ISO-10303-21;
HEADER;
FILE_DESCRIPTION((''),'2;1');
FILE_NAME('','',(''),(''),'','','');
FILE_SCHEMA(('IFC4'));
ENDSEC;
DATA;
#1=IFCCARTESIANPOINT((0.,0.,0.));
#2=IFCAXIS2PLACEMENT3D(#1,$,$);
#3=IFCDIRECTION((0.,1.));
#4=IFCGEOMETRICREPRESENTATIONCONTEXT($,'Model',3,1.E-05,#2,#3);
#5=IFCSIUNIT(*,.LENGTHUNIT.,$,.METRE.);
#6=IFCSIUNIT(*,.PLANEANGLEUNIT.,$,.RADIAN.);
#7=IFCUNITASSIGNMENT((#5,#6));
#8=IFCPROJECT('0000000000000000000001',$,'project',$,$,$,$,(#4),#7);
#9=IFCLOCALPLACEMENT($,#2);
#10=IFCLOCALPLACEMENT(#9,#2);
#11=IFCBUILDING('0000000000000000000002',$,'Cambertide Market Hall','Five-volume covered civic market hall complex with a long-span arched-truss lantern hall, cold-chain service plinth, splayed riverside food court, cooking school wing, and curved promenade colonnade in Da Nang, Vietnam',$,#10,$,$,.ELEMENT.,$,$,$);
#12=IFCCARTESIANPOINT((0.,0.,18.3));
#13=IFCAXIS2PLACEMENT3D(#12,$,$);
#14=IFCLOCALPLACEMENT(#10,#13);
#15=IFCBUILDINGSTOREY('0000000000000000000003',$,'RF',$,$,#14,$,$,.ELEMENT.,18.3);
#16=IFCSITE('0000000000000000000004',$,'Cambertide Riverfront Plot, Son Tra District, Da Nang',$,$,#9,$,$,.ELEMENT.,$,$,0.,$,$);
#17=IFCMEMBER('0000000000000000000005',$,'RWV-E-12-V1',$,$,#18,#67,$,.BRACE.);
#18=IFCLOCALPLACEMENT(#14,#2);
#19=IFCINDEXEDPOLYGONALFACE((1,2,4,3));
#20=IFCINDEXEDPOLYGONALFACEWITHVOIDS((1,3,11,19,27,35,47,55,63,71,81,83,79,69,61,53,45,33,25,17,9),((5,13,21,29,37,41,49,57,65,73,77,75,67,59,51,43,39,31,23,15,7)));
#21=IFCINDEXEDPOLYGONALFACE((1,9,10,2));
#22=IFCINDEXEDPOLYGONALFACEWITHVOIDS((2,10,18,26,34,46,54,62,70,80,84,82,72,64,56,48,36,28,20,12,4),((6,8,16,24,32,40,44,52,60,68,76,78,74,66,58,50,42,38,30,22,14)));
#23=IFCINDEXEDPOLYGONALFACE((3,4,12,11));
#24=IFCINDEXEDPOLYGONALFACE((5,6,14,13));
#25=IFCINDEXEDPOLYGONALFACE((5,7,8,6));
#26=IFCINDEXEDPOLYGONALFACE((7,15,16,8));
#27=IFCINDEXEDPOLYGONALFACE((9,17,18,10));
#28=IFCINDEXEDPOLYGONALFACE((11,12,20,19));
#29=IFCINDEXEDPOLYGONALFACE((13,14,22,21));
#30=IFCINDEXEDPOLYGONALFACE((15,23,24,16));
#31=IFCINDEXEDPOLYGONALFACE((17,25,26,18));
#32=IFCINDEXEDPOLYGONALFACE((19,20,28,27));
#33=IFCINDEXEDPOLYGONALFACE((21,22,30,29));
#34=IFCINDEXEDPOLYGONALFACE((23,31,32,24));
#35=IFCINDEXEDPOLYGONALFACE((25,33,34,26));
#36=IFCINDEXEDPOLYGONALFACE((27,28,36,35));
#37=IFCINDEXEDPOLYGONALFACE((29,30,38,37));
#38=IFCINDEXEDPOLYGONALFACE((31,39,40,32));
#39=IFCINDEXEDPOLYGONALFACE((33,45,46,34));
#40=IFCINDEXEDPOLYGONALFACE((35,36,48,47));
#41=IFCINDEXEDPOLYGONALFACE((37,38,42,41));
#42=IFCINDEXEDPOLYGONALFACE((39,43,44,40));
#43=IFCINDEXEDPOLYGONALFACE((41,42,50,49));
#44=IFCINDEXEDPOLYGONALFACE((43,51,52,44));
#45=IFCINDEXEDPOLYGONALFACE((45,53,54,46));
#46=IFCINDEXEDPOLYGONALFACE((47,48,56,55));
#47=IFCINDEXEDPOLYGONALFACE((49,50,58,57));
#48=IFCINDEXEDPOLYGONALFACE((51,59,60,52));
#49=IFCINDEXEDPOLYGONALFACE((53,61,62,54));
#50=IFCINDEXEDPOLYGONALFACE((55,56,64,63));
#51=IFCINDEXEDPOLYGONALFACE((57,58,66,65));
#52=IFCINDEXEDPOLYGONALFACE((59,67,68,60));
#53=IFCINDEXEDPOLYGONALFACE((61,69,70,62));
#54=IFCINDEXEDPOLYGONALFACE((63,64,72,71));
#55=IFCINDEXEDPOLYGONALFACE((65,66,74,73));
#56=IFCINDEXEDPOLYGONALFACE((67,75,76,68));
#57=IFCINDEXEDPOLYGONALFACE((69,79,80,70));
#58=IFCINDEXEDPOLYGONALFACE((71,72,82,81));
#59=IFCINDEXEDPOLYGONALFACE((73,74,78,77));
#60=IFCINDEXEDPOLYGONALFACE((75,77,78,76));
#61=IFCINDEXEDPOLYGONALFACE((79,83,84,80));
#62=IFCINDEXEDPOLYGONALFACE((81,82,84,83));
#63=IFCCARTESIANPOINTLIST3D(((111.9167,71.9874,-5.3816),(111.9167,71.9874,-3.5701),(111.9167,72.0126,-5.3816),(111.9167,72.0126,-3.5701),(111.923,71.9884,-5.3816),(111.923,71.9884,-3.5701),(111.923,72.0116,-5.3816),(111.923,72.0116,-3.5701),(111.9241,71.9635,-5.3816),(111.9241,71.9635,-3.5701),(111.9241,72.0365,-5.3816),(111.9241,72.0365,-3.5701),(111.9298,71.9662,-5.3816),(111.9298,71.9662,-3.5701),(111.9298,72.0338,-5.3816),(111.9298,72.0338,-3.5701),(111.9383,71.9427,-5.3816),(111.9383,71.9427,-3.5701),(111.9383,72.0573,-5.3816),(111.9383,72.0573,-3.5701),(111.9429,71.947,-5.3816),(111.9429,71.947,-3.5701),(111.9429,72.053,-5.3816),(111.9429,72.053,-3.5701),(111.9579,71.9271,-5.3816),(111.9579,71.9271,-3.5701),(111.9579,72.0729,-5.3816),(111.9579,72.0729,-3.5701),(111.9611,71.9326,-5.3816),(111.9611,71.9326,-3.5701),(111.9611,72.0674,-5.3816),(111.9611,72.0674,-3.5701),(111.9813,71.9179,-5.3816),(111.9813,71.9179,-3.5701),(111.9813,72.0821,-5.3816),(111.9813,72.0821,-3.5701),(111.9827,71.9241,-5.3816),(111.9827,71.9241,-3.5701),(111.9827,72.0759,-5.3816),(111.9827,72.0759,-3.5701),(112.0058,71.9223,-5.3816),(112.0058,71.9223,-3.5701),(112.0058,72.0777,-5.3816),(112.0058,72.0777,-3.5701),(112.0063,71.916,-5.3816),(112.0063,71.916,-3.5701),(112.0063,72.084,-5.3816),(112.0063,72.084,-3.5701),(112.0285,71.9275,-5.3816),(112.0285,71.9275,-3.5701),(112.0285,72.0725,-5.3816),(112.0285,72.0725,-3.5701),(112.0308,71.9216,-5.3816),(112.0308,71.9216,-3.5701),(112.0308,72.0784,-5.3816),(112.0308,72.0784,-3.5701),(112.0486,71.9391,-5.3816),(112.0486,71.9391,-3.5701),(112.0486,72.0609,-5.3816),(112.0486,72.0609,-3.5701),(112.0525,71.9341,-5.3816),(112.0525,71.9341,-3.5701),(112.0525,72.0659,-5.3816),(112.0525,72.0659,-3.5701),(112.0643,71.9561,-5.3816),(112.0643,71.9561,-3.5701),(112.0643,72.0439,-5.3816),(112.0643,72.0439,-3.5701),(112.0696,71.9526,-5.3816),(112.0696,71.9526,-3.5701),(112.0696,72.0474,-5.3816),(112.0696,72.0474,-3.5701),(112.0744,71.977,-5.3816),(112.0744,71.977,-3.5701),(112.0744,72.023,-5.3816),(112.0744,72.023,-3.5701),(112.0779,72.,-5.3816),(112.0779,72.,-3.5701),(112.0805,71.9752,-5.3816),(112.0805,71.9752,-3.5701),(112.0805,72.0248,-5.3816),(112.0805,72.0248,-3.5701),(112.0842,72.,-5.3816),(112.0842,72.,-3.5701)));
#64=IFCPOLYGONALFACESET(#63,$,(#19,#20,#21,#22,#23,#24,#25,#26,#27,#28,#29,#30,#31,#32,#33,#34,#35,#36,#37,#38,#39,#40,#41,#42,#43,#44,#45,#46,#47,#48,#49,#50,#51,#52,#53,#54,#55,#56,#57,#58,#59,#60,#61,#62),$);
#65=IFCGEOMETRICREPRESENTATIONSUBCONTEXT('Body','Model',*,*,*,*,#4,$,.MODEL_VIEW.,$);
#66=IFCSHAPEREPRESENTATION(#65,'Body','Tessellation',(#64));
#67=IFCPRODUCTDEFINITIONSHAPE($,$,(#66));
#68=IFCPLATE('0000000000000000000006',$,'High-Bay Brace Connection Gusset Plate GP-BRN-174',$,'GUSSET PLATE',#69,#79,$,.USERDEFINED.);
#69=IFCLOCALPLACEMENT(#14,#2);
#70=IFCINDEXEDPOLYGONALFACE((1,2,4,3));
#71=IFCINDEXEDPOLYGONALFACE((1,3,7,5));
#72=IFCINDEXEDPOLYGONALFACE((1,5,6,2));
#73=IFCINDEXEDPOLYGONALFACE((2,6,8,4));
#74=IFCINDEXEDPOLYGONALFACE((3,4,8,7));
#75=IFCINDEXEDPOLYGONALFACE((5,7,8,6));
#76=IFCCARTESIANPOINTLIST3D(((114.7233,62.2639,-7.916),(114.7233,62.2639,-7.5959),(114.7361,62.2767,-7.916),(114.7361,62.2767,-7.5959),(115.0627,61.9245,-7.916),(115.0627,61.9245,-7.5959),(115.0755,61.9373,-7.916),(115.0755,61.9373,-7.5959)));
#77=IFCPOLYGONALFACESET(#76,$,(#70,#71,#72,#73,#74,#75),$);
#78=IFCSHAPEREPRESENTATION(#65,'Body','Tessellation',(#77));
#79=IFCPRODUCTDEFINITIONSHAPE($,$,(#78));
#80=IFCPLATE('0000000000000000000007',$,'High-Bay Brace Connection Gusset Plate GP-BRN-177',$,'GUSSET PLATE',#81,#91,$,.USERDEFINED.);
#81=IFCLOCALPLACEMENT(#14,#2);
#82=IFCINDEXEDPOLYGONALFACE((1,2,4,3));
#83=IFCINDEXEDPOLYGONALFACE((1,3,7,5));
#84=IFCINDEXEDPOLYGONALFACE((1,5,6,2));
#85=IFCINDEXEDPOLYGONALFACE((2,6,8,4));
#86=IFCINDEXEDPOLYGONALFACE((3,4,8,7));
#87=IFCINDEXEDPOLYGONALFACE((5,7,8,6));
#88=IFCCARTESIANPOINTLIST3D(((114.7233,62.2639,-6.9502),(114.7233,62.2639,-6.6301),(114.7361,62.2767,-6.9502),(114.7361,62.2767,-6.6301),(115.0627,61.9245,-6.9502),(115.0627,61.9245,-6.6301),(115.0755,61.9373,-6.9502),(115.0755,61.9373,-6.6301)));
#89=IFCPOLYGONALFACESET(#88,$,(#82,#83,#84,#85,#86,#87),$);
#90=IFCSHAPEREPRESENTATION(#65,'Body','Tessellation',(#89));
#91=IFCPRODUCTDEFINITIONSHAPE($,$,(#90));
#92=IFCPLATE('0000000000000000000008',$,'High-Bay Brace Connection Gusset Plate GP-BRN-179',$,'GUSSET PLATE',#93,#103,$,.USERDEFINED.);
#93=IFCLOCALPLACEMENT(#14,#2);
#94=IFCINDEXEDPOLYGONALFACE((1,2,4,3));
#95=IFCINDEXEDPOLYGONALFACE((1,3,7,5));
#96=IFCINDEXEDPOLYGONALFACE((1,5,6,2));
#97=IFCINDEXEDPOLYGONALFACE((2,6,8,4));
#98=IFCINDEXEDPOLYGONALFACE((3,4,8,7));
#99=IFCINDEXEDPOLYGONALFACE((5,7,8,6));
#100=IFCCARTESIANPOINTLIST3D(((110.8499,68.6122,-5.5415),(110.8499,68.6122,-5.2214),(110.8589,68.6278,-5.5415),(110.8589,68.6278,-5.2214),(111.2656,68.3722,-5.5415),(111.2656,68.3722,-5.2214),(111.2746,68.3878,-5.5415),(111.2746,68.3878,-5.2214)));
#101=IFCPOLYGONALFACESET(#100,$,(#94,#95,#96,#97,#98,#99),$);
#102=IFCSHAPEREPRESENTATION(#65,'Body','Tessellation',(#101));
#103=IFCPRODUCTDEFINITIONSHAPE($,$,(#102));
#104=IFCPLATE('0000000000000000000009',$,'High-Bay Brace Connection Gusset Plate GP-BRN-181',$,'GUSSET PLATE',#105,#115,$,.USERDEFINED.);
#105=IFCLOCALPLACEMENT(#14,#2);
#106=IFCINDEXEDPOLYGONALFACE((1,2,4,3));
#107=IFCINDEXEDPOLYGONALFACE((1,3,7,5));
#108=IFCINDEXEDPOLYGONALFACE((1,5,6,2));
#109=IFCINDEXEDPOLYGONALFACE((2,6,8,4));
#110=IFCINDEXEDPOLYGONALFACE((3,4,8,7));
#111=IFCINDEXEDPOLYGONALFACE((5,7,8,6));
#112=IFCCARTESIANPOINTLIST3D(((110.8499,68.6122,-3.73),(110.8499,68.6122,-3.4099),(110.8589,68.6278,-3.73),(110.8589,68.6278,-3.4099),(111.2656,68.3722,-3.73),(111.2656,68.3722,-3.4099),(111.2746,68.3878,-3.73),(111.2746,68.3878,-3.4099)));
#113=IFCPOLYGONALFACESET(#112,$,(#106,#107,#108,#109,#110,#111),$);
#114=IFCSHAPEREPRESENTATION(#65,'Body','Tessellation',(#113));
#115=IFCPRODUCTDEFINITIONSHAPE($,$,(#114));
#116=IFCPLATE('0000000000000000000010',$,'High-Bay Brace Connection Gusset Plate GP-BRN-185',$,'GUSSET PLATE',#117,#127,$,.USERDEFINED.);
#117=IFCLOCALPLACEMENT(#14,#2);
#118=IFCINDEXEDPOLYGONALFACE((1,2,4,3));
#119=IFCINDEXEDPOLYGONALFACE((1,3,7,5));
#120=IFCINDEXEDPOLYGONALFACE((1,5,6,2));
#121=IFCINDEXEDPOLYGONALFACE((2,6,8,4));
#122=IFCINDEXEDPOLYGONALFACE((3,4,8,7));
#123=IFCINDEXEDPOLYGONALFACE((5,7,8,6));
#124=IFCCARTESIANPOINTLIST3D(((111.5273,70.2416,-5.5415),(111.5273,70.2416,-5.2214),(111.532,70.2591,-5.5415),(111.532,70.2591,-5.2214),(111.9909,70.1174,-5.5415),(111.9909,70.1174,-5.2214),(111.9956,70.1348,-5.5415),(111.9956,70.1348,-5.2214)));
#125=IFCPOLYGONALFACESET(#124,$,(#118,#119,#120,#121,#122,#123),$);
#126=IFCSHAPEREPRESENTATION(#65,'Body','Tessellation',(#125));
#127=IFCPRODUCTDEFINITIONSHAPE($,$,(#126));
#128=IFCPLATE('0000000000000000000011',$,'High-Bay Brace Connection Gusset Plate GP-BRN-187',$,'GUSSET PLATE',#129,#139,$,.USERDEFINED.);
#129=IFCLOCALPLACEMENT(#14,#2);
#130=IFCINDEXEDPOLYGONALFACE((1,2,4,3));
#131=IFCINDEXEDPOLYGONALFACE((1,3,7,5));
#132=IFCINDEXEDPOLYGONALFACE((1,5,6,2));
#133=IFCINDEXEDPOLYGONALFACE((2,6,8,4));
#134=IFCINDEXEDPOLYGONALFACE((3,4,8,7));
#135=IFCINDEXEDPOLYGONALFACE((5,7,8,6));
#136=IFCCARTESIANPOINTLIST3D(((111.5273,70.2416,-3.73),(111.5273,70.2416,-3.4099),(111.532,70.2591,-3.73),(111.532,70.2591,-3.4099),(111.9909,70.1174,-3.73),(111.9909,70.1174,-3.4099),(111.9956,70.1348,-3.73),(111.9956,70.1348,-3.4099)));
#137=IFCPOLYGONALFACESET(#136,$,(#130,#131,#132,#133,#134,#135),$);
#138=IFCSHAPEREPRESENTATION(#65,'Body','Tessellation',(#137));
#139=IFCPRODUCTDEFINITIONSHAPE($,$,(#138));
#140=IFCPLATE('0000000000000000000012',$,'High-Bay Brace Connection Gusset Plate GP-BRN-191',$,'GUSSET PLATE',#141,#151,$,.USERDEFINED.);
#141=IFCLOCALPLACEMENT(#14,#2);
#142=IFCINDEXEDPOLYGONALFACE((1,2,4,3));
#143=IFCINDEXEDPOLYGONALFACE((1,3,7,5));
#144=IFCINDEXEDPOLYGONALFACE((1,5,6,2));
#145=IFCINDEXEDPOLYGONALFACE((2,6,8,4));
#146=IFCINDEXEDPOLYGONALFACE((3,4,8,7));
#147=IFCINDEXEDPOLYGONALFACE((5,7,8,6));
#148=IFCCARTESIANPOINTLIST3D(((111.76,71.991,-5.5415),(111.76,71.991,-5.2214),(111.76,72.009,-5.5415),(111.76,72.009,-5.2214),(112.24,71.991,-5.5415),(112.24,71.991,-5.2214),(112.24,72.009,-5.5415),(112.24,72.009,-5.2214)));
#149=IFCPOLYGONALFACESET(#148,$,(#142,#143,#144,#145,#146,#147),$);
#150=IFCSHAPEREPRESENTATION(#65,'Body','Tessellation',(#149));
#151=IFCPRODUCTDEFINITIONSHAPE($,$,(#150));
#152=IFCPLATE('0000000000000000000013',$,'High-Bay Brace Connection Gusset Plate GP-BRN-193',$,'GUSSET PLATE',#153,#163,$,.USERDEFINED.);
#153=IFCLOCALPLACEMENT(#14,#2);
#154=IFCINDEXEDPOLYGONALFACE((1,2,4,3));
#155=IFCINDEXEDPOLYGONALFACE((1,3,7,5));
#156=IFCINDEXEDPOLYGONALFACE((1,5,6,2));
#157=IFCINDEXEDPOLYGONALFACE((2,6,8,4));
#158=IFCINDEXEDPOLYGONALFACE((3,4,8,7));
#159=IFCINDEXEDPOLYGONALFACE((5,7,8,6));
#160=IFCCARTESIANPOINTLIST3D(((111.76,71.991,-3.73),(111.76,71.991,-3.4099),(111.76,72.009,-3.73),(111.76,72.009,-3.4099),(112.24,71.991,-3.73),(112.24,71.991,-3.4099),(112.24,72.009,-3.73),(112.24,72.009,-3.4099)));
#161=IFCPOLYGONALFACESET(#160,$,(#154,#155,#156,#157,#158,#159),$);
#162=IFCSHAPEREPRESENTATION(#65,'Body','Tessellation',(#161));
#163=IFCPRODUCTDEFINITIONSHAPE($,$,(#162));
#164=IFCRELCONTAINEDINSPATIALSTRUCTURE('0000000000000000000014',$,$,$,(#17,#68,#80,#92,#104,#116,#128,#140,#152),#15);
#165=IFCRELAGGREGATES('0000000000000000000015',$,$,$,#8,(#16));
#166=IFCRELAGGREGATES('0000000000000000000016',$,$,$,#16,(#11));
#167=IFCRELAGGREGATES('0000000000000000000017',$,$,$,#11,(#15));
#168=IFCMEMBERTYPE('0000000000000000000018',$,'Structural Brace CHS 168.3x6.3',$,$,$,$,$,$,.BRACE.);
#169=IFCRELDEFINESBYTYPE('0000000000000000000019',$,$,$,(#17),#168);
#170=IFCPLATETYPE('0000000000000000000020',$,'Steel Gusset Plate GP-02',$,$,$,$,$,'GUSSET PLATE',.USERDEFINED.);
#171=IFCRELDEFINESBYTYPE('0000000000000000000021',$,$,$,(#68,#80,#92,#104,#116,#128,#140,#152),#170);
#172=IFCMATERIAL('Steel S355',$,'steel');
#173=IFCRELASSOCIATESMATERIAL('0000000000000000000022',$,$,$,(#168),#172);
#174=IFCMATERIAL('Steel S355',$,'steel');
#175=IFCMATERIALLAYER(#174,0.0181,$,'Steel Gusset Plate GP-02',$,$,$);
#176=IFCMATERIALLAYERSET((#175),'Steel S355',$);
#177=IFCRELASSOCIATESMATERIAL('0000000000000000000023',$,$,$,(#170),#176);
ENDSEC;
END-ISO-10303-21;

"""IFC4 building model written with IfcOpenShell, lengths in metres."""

from ifc_helpers import new_model, si_unit, direction, frame, origin, origin_2d, place, context, subcontext, project, spatial, rectangle, hollow_circle, extrude, material, layer, layer_set, material_profile, profile_set, type_object, element, save


model = new_model("IFC4")

# Units and contexts
model_context = context("Model", 3, precision=1e-05, world=origin(), true_north=direction((0.0, 1.0)))
body_context = subcontext(model_context, "Body", "Model", "MODEL_VIEW")
ifc_project = project(units=[si_unit("LENGTHUNIT", "METRE"), si_unit("PLANEANGLEUNIT", "RADIAN")], contexts=[model_context])

# Site, building, storey
site_placement = place(None, origin())
site = spatial("IfcSite", under=ifc_project, at=site_placement, Name="Cambertide Riverfront Plot, Son Tra District, Da Nang", CompositionType="ELEMENT", RefElevation=0.0)
building_placement = place(site_placement, origin())
building = spatial("IfcBuilding", under=site, at=building_placement, Name="Cambertide Market Hall", Description="Five-volume covered civic market hall complex with a long-span arched-truss lantern hall, cold-chain service plinth, splayed riverside food court, cooking school wing, and curved promenade colonnade in Da Nang, Vietnam", CompositionType="ELEMENT")
storey_placement = place(building_placement, frame((0.0, 0.0, 18.3)))
storey = spatial("IfcBuildingStorey", under=building, at=storey_placement, Name="RF", CompositionType="ELEMENT", Elevation=18.3)

# Member
ifc_material_1 = material(Name="Steel S355", Category="steel")
ifc_material_profile_1 = material_profile(ifc_material_1, hollow_circle(Radius=0.0842, WallThickness=0.0063, at=origin_2d()), Name="CHS 168.3x6.3")
ifc_profile_set_1 = profile_set([ifc_material_profile_1], Name="Steel S355")
member_type_1 = type_object("IfcMemberType", Name="Structural Brace CHS 168.3x6.3", PredefinedType="BRACE", material=ifc_profile_set_1)
member_1_placement = place(storey_placement, frame((112.0, 72.0, -5.3816), z_axis=(0.0, 0.0, 1.0), x_axis=(1.0, 0.0, 0.0)))
element("IfcMember", 1, at=member_1_placement, inside=storey, type_object=member_type_1, Name="RWV-E-12-V1", PredefinedType="BRACE", context=body_context, shape_type="SweptSolid", body=[
    extrude(hollow_circle(Radius=0.0842, WallThickness=0.0063, at=origin_2d()), origin(), (0.0, 0.0, 1.0), 1.8115),
])

# Plates
ifc_material_2 = material(Name="Steel S355", Category="steel")
ifc_layer = layer(ifc_material_2, 0.0181, Name="Steel Gusset Plate GP-02")
ifc_layer_set = layer_set([ifc_layer], Name="Steel S355")
plate_type = type_object("IfcPlateType", Name="Steel Gusset Plate GP-02", ElementType="GUSSET PLATE", PredefinedType="USERDEFINED", material=ifc_layer_set)
for number, where, z_axis, x_axis, name in (
    (2, (114.8994, 62.1006, -7.916), (0.0, 0.0, 1.0), (-0.707107, 0.707107, 0.0), "High-Bay Brace Connection Gusset Plate GP-BRN-174"),
    (3, (114.8994, 62.1006, -6.9502), (0.0, 0.0, 1.0), (-0.707107, 0.707107, 0.0), "High-Bay Brace Connection Gusset Plate GP-BRN-177"),
    (4, (111.0623, 68.5, -5.5415), (0.0, 0.0, 1.0), (-0.866025, 0.5, 0.0), "High-Bay Brace Connection Gusset Plate GP-BRN-179"),
    (5, (111.0623, 68.5, -3.73), (0.0, 0.0, 1.0), (-0.866025, 0.5, 0.0), "High-Bay Brace Connection Gusset Plate GP-BRN-181"),
    (6, (111.7615, 70.1882, -5.5415), (0.0, 0.0, 1.0), (-0.965926, 0.258819, 0.0), "High-Bay Brace Connection Gusset Plate GP-BRN-185"),
    (7, (111.7615, 70.1882, -3.73), (0.0, 0.0, 1.0), (-0.965926, 0.258819, 0.0), "High-Bay Brace Connection Gusset Plate GP-BRN-187"),
    (8, (112.0, 72.0, -5.5415), (0.0, 0.0, 1.0), (-1.0, 0.0, 0.0), "High-Bay Brace Connection Gusset Plate GP-BRN-191"),
    (9, (112.0, 72.0, -3.73), (0.0, 0.0, 1.0), (-1.0, 0.0, 0.0), "High-Bay Brace Connection Gusset Plate GP-BRN-193"),
):
    element("IfcPlate", number, at=place(storey_placement, frame(where, z_axis=z_axis, x_axis=x_axis)), inside=storey, type_object=plate_type, Name=name, ObjectType="GUSSET PLATE", PredefinedType="USERDEFINED", context=body_context, shape_type="SweptSolid", body=[
        extrude(rectangle(XDim=0.48, YDim=0.0181, at=origin_2d()), origin(), (0.0, 0.0, 1.0), 0.3201),
    ])

save(model, "model.ifc")
